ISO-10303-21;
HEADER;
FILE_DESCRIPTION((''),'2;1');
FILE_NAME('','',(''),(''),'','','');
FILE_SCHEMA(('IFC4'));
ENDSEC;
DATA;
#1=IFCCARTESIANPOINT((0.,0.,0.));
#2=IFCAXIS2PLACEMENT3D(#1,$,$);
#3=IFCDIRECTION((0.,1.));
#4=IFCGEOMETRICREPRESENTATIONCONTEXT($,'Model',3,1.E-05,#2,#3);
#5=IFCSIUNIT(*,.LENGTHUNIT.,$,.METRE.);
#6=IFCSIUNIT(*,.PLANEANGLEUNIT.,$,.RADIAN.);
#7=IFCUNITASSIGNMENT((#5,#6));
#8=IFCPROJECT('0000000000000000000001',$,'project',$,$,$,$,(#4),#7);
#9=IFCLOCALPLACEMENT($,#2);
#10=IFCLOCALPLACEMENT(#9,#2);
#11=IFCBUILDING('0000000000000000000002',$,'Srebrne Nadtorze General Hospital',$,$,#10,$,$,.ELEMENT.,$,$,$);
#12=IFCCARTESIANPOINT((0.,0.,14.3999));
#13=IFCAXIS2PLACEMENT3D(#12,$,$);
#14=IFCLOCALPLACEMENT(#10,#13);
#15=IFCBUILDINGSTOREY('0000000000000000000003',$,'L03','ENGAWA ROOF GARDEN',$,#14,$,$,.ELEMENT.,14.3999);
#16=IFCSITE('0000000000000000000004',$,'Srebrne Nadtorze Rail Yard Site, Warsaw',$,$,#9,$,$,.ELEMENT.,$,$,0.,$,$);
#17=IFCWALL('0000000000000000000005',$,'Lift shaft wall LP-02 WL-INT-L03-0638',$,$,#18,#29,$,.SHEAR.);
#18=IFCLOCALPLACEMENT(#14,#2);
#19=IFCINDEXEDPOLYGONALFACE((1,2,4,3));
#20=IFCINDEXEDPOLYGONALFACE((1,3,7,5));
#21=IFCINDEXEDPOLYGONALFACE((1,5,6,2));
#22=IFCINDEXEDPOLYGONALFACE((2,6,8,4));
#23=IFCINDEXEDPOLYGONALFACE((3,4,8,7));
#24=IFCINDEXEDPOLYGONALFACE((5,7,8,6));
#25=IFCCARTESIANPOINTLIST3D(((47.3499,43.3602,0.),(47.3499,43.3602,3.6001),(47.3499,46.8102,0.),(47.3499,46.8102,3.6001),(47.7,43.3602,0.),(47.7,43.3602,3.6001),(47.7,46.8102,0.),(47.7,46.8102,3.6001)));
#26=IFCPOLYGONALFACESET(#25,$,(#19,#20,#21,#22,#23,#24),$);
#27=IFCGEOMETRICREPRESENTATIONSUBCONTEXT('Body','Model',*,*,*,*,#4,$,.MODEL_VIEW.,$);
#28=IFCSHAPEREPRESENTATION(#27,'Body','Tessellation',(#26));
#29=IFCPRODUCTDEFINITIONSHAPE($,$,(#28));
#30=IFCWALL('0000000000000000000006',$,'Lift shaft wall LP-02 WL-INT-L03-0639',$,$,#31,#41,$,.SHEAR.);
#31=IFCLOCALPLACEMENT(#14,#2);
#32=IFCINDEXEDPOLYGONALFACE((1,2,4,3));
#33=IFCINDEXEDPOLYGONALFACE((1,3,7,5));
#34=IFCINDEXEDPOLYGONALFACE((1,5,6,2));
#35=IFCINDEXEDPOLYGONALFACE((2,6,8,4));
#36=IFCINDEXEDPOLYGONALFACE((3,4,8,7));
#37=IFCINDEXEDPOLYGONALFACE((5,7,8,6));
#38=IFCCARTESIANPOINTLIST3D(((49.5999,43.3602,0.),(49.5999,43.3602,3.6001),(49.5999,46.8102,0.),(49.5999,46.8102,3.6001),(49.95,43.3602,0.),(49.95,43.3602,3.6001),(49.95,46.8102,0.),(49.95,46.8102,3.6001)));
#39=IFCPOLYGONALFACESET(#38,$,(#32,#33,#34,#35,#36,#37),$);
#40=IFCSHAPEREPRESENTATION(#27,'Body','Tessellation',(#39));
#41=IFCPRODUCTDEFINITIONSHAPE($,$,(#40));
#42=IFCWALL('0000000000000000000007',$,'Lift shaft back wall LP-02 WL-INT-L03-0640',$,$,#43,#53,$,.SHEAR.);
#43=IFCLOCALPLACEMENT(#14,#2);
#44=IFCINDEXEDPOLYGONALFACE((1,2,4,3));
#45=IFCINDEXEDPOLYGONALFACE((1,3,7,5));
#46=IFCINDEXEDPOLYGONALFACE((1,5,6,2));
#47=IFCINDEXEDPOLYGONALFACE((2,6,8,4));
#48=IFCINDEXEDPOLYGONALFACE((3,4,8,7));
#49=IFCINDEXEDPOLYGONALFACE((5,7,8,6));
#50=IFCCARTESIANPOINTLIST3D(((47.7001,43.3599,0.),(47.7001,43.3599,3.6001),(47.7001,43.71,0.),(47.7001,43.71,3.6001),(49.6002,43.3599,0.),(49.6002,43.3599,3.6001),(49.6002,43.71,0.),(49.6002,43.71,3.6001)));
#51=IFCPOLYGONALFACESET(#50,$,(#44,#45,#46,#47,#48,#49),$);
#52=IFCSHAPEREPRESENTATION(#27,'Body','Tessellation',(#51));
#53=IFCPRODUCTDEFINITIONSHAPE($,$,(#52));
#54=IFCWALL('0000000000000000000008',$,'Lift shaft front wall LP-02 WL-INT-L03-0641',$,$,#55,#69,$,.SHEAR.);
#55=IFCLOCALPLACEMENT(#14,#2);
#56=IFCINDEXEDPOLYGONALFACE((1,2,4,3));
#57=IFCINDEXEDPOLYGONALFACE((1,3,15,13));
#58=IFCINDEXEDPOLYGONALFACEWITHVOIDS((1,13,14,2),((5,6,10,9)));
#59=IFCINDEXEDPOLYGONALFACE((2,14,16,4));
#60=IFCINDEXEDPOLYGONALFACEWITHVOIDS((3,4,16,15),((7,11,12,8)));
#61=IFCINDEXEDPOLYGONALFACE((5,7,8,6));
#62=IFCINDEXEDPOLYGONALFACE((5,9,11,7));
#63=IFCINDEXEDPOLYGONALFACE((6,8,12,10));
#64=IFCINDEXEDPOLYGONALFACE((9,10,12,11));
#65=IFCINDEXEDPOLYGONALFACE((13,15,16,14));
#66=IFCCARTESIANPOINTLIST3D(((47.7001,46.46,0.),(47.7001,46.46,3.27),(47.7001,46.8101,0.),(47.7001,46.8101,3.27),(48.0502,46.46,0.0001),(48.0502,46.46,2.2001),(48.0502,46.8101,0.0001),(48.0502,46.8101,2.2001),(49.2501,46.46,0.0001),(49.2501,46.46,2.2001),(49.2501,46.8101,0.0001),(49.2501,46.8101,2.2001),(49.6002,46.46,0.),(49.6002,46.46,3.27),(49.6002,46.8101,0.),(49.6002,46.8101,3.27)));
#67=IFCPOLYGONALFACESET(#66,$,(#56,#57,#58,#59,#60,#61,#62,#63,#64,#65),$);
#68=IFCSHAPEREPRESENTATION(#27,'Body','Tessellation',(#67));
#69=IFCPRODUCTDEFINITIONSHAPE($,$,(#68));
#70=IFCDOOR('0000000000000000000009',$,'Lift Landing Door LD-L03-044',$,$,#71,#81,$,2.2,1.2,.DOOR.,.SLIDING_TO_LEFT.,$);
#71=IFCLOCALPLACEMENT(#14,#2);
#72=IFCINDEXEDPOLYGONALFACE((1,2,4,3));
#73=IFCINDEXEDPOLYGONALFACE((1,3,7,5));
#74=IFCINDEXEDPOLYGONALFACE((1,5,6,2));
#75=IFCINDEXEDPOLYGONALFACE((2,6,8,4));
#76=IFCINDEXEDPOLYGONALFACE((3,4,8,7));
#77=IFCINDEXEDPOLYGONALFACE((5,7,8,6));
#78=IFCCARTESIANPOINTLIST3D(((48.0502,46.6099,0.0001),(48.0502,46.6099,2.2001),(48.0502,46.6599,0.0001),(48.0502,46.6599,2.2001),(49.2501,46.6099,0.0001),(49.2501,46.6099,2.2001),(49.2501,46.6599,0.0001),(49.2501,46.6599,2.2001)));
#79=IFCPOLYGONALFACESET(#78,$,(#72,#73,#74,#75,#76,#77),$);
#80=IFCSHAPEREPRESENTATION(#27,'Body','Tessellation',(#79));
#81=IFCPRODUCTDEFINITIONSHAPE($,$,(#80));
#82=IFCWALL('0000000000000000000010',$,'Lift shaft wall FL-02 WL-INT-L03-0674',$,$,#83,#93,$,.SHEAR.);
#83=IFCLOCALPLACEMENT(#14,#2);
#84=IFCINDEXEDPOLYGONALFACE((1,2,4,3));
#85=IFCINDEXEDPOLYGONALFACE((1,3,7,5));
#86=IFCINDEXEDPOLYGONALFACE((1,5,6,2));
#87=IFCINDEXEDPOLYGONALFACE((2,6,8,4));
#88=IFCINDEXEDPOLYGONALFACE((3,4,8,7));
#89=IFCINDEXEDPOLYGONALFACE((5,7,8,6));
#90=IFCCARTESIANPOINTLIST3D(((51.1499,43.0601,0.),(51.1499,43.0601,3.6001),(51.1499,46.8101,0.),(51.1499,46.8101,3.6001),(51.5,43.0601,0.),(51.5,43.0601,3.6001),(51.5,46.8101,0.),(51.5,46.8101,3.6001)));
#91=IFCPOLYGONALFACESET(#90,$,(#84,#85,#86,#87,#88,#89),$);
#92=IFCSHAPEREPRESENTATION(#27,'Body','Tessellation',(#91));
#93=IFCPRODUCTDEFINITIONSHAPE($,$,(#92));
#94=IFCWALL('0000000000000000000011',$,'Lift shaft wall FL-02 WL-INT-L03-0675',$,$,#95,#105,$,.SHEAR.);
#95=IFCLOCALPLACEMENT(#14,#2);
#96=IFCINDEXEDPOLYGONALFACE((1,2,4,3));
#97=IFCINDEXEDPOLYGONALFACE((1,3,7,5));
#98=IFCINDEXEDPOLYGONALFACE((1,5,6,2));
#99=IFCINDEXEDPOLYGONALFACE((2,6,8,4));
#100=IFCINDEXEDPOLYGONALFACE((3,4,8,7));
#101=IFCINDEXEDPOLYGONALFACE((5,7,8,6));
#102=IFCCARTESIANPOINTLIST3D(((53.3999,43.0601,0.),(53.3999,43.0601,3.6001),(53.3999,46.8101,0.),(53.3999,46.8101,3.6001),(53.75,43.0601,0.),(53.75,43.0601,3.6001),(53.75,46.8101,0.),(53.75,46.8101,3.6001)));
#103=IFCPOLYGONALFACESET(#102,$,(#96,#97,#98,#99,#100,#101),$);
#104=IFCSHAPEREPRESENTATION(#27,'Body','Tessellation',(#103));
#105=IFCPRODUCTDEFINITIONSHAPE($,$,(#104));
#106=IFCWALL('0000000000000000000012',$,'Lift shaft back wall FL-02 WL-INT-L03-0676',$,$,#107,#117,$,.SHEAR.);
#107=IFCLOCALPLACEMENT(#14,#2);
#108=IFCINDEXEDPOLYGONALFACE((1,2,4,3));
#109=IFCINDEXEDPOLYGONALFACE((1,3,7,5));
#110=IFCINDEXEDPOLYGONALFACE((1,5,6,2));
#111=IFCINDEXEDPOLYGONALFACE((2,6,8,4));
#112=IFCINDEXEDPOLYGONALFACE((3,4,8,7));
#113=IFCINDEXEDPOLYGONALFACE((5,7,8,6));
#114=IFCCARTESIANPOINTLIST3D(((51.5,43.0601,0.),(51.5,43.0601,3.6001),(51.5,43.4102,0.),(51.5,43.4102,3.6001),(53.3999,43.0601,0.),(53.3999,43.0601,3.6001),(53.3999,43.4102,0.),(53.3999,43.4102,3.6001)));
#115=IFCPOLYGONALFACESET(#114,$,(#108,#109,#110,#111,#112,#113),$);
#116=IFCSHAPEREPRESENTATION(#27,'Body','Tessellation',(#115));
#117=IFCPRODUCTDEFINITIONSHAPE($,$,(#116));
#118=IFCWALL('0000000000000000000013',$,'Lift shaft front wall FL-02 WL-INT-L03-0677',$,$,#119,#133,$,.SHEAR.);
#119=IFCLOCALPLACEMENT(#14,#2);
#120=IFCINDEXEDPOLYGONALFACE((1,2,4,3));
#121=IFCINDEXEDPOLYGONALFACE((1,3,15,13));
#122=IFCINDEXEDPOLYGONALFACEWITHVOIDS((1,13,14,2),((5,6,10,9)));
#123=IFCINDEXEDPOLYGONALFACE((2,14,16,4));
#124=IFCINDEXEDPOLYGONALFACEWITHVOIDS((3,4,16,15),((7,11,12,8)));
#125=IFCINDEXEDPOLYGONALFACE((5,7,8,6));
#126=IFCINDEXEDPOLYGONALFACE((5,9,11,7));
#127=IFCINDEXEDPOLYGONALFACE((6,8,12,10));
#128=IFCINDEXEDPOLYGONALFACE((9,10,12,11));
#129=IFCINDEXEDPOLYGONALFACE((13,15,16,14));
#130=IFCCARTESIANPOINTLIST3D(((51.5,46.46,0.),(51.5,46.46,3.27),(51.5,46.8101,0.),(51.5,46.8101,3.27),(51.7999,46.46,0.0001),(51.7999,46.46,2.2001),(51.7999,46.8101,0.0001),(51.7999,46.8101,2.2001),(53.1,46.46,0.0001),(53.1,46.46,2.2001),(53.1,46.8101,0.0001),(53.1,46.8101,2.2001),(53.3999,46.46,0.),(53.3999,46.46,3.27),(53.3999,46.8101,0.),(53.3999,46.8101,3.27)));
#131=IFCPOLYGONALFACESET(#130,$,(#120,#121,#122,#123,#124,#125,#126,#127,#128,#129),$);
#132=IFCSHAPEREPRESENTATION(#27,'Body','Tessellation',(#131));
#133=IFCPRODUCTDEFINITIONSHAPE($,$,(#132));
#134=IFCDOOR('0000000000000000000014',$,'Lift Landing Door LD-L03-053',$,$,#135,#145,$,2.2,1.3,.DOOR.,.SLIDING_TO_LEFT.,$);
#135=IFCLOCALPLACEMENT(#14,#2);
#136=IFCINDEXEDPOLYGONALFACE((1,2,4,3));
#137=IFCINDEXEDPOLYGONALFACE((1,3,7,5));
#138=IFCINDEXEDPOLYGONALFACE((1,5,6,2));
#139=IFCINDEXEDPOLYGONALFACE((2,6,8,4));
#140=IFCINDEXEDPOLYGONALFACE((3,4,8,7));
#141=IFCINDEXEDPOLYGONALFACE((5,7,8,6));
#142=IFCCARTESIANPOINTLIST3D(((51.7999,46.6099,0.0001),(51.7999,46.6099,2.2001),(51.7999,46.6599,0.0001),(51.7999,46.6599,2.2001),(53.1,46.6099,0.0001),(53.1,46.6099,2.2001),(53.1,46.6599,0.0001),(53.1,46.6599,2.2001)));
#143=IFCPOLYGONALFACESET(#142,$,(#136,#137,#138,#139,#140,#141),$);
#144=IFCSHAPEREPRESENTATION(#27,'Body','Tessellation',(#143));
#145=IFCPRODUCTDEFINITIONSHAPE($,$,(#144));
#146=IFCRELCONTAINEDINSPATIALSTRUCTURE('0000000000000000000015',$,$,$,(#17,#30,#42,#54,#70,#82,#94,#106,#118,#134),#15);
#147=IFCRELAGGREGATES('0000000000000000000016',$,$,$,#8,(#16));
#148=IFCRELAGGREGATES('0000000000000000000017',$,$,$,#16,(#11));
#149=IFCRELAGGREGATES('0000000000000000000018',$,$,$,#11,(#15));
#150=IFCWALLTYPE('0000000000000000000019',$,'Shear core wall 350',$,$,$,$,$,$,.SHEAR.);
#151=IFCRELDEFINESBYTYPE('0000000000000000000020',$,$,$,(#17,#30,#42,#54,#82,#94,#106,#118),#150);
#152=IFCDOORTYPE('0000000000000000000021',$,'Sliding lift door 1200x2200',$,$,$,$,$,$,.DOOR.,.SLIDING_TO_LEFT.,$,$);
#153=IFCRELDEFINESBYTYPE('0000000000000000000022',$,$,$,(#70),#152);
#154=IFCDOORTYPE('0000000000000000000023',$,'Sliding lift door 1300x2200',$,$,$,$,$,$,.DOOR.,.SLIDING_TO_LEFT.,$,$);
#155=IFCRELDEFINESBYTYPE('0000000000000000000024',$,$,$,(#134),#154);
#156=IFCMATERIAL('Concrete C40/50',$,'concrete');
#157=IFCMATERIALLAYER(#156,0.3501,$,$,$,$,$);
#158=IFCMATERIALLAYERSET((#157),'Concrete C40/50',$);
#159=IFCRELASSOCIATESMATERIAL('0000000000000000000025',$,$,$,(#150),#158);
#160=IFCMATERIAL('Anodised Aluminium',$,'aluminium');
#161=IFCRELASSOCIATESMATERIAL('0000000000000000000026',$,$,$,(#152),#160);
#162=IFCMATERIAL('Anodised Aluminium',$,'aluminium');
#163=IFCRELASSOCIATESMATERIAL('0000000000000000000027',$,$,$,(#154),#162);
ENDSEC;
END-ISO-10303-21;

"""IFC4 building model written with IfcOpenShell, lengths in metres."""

from ifc_helpers import new_model, si_unit, direction, frame, frame_2d, origin, place, context, subcontext, project, spatial, rectangle, extrude, material, layer, layer_set, type_object, element, fill, save


model = new_model("IFC4")

# Units and contexts
model_context = context("Model", 3, precision=1e-05, world=origin(), true_north=direction((0.0, 1.0)))
body_context = subcontext(model_context, "Body", "Model", "MODEL_VIEW")
ifc_project = project(units=[si_unit("LENGTHUNIT", "METRE"), si_unit("PLANEANGLEUNIT", "RADIAN")], contexts=[model_context])

# Site, building, storey
site_placement = place(None, origin())
site = spatial("IfcSite", under=ifc_project, at=site_placement, Name="Srebrne Nadtorze Rail Yard Site, Warsaw", CompositionType="ELEMENT", RefElevation=0.0)
building_placement = place(site_placement, origin())
building = spatial("IfcBuilding", under=site, at=building_placement, Name="Srebrne Nadtorze General Hospital", CompositionType="ELEMENT")
storey_placement = place(building_placement, frame((0.0, 0.0, 14.3999)))
storey = spatial("IfcBuildingStorey", under=building, at=storey_placement, Name="L03", Description="ENGAWA ROOF GARDEN", CompositionType="ELEMENT", Elevation=14.3999)

# Shared definitions
ifc_material_1 = material(Name="Concrete C40/50", Category="concrete")
ifc_layer_1 = layer(ifc_material_1, 0.3501)
ifc_layer_set_1 = layer_set([ifc_layer_1], Name="Concrete C40/50")
wall_type_1 = type_object("IfcWallType", Name="Shear core wall 350", PredefinedType="SHEAR", material=ifc_layer_set_1)

# Walls
for number, where, z_axis, x_axis, name in (
    (1, (47.5249, 43.3601, 0.0), (0.0, 0.0, 1.0), (0.0, 1.0, 0.0), "Lift shaft wall LP-02 WL-INT-L03-0638"),
    (2, (49.7749, 43.3601, 0.0), (0.0, 0.0, 1.0), (0.0, 1.0, 0.0), "Lift shaft wall LP-02 WL-INT-L03-0639"),
):
    element("IfcWall", number, at=place(storey_placement, frame(where, z_axis=z_axis, x_axis=x_axis)), inside=storey, type_object=wall_type_1, Name=name, PredefinedType="SHEAR", context=body_context, shape_type="SweptSolid", body=[
        extrude(rectangle(XDim=3.45, YDim=0.3501, at=frame_2d((1.7251, 0.0))), origin(), (0.0, 0.0, 1.0), 3.6001),
    ])
wall_1_placement = place(storey_placement, frame((47.7, 43.5349, 0.0), z_axis=(0.0, 0.0, 1.0), x_axis=(1.0, 0.0, 0.0)))
element("IfcWall", 3, at=wall_1_placement, inside=storey, type_object=wall_type_1, Name="Lift shaft back wall LP-02 WL-INT-L03-0640", PredefinedType="SHEAR", context=body_context, shape_type="SweptSolid", body=[
    extrude(rectangle(XDim=1.9001, YDim=0.3501, at=frame_2d((0.9502, 0.0))), origin(), (0.0, 0.0, 1.0), 3.6001),
])

# Wall, opening, door
wall_2_placement = place(storey_placement, frame((47.7, 46.635, 0.0), z_axis=(0.0, 0.0, 1.0), x_axis=(1.0, 0.0, 0.0)))
wall_2 = element("IfcWall", 4, at=wall_2_placement, inside=storey, type_object=wall_type_1, Name="Lift shaft front wall LP-02 WL-INT-L03-0641", PredefinedType="SHEAR", context=body_context, shape_type="SweptSolid", body=[
    extrude(rectangle(XDim=1.9001, YDim=0.3501, at=frame_2d((0.9502, 0.0))), origin(), (0.0, 0.0, 1.0), 3.27),
])
opening_1_placement = place(wall_2_placement, frame((0.3501, 0.0, 0.0)))
opening_1 = element("IfcOpeningElement", 5, at=opening_1_placement, cuts=wall_2, PredefinedType="OPENING", context=body_context, shape_type="SweptSolid", body=[
    extrude(rectangle(XDim=1.2, YDim=2.2, at=frame_2d((0.6001, 1.1001))), frame((0.0, 0.187, 0.0), z_axis=(0.0, -1.0, 0.0), x_axis=(1.0, 0.0, 0.0)), (0.0, 0.0, 1.0), 0.374),
])
ifc_material_2 = material(Name="Anodised Aluminium", Category="aluminium")
door_type_1 = type_object("IfcDoorType", Name="Sliding lift door 1200x2200", OperationType="SLIDING_TO_LEFT", PredefinedType="DOOR", material=ifc_material_2)
door_1_placement = place(opening_1_placement, origin())
door_1 = element("IfcDoor", 6, at=door_1_placement, inside=storey, type_object=door_type_1, Name="Lift Landing Door LD-L03-044", OperationType="SLIDING_TO_LEFT", OverallHeight=2.2, OverallWidth=1.2, PredefinedType="DOOR", context=body_context, shape_type="SweptSolid", body=[
    extrude(rectangle(XDim=1.2, YDim=2.2, at=frame_2d((0.6001, 1.1001))), frame((0.0, 0.0249, 0.0), z_axis=(0.0, -1.0, 0.0), x_axis=(1.0, 0.0, 0.0)), (0.0, 0.0, 1.0), 0.05),
])
fill(opening_1, door_1)

# Walls
for number, where, z_axis, x_axis, name in (
    (7, (51.325, 43.0601, 0.0), (0.0, 0.0, 1.0), (0.0, 1.0, 0.0), "Lift shaft wall FL-02 WL-INT-L03-0674"),
    (8, (53.575, 43.0601, 0.0), (0.0, 0.0, 1.0), (0.0, 1.0, 0.0), "Lift shaft wall FL-02 WL-INT-L03-0675"),
):
    element("IfcWall", number, at=place(storey_placement, frame(where, z_axis=z_axis, x_axis=x_axis)), inside=storey, type_object=wall_type_1, Name=name, PredefinedType="SHEAR", context=body_context, shape_type="SweptSolid", body=[
        extrude(rectangle(XDim=3.75, YDim=0.3501, at=frame_2d((1.875, 0.0))), origin(), (0.0, 0.0, 1.0), 3.6001),
    ])
wall_3_placement = place(storey_placement, frame((51.5, 43.2351, 0.0), z_axis=(0.0, 0.0, 1.0), x_axis=(1.0, 0.0, 0.0)))
element("IfcWall", 9, at=wall_3_placement, inside=storey, type_object=wall_type_1, Name="Lift shaft back wall FL-02 WL-INT-L03-0676", PredefinedType="SHEAR", context=body_context, shape_type="SweptSolid", body=[
    extrude(rectangle(XDim=1.8999, YDim=0.3501, at=frame_2d((0.95, 0.0))), origin(), (0.0, 0.0, 1.0), 3.6001),
])

# Wall, opening, door
wall_4_placement = place(storey_placement, frame((51.5, 46.635, 0.0), z_axis=(0.0, 0.0, 1.0), x_axis=(1.0, 0.0, 0.0)))
wall_4 = element("IfcWall", 10, at=wall_4_placement, inside=storey, type_object=wall_type_1, Name="Lift shaft front wall FL-02 WL-INT-L03-0677", PredefinedType="SHEAR", context=body_context, shape_type="SweptSolid", body=[
    extrude(rectangle(XDim=1.8999, YDim=0.3501, at=frame_2d((0.95, 0.0))), origin(), (0.0, 0.0, 1.0), 3.27),
])
opening_2_placement = place(wall_4_placement, frame((0.3, 0.0, 0.0)))
opening_2 = element("IfcOpeningElement", 11, at=opening_2_placement, cuts=wall_4, PredefinedType="OPENING", context=body_context, shape_type="SweptSolid", body=[
    extrude(rectangle(XDim=1.3, YDim=2.2, at=frame_2d((0.6499, 1.1001))), frame((0.0, 0.187, 0.0), z_axis=(0.0, -1.0, 0.0), x_axis=(1.0, 0.0, 0.0)), (0.0, 0.0, 1.0), 0.374),
])
ifc_material_3 = material(Name="Anodised Aluminium", Category="aluminium")
door_type_2 = type_object("IfcDoorType", Name="Sliding lift door 1300x2200", OperationType="SLIDING_TO_LEFT", PredefinedType="DOOR", material=ifc_material_3)
door_2_placement = place(opening_2_placement, origin())
door_2 = element("IfcDoor", 12, at=door_2_placement, inside=storey, type_object=door_type_2, Name="Lift Landing Door LD-L03-053", OperationType="SLIDING_TO_LEFT", OverallHeight=2.2, OverallWidth=1.3, PredefinedType="DOOR", context=body_context, shape_type="SweptSolid", body=[
    extrude(rectangle(XDim=1.3, YDim=2.2, at=frame_2d((0.6499, 1.1001))), frame((0.0, 0.0249, 0.0), z_axis=(0.0, -1.0, 0.0), x_axis=(1.0, 0.0, 0.0)), (0.0, 0.0, 1.0), 0.05),
])
fill(opening_2, door_2)

save(model, "model.ifc")
